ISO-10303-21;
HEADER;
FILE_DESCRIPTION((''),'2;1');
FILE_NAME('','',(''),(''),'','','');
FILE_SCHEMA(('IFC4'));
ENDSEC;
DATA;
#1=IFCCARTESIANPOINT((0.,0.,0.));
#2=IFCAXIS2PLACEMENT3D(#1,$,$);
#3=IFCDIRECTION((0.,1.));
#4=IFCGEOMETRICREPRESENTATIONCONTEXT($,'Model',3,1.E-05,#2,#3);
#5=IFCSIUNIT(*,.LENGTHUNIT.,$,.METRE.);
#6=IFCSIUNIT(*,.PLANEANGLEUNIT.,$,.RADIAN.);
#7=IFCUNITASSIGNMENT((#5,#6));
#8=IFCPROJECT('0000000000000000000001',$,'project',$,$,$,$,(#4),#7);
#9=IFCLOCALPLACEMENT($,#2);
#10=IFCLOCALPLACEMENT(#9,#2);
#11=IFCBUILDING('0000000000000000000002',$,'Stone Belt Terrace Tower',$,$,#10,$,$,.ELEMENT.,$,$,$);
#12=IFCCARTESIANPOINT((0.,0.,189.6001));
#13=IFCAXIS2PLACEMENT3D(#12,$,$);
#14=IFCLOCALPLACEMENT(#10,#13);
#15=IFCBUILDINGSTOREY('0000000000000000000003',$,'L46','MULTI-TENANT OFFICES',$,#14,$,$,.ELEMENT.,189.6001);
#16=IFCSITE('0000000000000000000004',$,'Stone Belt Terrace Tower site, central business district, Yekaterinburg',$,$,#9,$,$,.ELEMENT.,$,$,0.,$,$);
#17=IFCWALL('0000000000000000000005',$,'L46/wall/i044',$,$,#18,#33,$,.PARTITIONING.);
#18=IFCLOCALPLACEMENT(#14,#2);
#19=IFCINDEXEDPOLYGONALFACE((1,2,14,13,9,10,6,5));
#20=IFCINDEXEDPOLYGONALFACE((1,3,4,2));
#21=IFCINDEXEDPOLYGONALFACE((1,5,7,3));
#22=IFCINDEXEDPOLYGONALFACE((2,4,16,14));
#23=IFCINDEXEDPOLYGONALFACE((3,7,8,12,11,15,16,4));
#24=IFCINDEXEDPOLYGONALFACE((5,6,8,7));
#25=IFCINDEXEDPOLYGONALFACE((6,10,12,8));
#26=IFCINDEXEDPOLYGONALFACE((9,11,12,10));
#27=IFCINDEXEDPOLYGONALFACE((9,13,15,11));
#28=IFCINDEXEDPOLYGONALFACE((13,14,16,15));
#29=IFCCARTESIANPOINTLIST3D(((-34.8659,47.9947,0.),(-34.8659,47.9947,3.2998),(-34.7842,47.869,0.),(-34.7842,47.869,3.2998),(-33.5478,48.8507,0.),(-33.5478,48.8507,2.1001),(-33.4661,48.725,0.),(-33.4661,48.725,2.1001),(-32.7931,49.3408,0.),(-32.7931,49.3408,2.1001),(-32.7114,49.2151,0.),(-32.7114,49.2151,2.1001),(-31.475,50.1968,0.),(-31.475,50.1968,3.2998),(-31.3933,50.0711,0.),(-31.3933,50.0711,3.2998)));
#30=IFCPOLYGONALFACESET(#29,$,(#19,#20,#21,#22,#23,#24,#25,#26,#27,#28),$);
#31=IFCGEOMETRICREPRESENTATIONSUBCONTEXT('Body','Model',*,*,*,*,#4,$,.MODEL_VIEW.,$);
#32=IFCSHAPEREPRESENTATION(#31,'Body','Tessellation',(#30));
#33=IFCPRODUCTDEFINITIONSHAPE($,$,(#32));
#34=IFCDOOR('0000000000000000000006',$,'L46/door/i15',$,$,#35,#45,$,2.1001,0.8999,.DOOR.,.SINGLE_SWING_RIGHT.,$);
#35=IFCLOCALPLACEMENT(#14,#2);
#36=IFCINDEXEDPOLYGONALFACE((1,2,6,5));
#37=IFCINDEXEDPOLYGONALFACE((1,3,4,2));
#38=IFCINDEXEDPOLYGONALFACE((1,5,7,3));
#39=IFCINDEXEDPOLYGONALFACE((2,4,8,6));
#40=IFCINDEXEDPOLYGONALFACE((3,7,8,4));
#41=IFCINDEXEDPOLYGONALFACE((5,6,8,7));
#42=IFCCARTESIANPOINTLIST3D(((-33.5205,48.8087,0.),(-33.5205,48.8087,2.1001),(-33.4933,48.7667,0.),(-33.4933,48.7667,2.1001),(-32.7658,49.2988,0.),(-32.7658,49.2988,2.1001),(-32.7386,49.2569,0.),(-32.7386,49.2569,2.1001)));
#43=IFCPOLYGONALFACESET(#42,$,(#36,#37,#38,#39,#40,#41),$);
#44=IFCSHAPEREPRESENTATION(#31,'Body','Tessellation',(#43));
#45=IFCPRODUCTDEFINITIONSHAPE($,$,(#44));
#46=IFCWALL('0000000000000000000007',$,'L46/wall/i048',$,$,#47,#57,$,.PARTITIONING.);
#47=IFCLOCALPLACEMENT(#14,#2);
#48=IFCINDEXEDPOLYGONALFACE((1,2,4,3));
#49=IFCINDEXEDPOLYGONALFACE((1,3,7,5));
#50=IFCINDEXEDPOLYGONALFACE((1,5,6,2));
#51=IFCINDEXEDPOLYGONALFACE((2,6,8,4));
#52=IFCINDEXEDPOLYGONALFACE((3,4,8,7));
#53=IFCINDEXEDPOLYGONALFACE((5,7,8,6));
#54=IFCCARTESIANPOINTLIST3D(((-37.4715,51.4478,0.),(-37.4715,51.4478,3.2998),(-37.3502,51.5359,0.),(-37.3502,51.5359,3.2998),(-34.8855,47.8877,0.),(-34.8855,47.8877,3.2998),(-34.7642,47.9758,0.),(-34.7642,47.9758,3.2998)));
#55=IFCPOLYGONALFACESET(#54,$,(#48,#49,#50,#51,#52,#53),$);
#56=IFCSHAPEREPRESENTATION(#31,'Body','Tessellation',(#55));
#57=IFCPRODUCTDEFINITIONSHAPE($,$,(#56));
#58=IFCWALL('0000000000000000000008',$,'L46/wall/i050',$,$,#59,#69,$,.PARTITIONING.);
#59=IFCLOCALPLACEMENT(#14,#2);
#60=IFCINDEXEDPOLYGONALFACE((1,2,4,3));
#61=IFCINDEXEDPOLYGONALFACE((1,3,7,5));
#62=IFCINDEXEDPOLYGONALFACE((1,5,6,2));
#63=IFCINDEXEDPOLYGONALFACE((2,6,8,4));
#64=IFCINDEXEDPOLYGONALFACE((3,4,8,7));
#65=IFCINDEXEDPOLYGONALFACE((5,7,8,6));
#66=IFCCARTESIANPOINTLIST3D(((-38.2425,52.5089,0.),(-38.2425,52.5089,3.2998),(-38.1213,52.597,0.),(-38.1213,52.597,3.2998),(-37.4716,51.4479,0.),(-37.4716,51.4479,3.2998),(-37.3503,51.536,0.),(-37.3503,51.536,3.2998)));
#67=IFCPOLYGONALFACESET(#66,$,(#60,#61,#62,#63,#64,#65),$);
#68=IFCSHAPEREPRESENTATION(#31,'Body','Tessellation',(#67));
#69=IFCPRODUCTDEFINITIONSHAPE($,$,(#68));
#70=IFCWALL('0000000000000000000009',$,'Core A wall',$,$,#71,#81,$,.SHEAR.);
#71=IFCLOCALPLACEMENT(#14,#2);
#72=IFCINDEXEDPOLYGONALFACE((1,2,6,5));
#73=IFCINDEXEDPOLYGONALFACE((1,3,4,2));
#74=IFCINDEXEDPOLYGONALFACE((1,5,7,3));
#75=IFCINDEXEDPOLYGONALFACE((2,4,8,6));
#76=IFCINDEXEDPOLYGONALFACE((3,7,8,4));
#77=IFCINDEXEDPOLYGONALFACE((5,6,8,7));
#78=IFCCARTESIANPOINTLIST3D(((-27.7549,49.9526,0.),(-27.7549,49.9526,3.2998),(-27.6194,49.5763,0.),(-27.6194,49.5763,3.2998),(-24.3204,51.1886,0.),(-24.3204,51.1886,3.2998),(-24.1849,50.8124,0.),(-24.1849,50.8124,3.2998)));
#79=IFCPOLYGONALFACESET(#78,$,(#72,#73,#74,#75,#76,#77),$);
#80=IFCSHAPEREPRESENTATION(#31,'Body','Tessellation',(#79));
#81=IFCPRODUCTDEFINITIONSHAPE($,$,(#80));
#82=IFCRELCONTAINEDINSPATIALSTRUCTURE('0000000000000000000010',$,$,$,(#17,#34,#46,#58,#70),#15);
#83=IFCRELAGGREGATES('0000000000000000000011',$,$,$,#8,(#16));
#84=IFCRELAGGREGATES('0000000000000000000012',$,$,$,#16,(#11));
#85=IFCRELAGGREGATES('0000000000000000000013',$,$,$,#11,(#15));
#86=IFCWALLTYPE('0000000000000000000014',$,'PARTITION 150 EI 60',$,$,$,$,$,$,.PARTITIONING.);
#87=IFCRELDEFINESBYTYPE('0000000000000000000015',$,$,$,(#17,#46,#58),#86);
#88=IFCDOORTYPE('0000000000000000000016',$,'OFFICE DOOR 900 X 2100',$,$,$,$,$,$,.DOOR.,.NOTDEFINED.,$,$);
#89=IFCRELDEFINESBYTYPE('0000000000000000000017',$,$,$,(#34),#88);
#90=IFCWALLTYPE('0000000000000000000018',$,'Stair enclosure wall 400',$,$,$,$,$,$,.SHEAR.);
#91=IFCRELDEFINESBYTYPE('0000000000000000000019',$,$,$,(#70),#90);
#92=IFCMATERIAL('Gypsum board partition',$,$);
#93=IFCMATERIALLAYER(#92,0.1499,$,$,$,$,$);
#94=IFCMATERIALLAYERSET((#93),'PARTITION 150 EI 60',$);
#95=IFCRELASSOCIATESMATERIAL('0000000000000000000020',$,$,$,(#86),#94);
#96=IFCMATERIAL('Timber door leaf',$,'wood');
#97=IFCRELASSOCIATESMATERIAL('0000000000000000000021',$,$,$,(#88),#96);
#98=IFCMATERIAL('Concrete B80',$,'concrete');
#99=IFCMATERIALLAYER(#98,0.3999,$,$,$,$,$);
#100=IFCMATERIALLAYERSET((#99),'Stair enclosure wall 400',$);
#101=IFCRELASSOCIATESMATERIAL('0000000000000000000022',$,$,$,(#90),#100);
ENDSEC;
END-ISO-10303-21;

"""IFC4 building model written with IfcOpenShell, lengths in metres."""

from ifc_helpers import new_model, si_unit, direction, frame, frame_2d, origin, place, context, subcontext, project, spatial, rectangle, extrude, material, layer, layer_set, type_object, element, fill, save


model = new_model("IFC4")

# Units and contexts
model_context = context("Model", 3, precision=1e-05, world=origin(), true_north=direction((0.0, 1.0)))
body_context = subcontext(model_context, "Body", "Model", "MODEL_VIEW")
ifc_project = project(units=[si_unit("LENGTHUNIT", "METRE"), si_unit("PLANEANGLEUNIT", "RADIAN")], contexts=[model_context])

# Site, building, storey
site_placement = place(None, origin())
site = spatial("IfcSite", under=ifc_project, at=site_placement, Name="Stone Belt Terrace Tower site, central business district, Yekaterinburg", CompositionType="ELEMENT", RefElevation=0.0)
building_placement = place(site_placement, origin())
building = spatial("IfcBuilding", under=site, at=building_placement, Name="Stone Belt Terrace Tower", CompositionType="ELEMENT")
storey_placement = place(building_placement, frame((0.0, 0.0, 189.6001)))
storey = spatial("IfcBuildingStorey", under=building, at=storey_placement, Name="L46", Description="MULTI-TENANT OFFICES", CompositionType="ELEMENT", Elevation=189.6001)

# Shared definitions
ifc_material_1 = material(Name="Concrete B80", Category="concrete")

# Shared definitions
ifc_material_2 = material(Name="Gypsum board partition")
ifc_layer_1 = layer(ifc_material_2, 0.1499)
ifc_layer_set_1 = layer_set([ifc_layer_1], Name="PARTITION 150 EI 60")
wall_type_1 = type_object("IfcWallType", Name="PARTITION 150 EI 60", PredefinedType="PARTITIONING", material=ifc_layer_set_1)
ifc_material_3 = material(Name="Timber door leaf", Category="wood")

# Wall, opening, door
wall_1_placement = place(storey_placement, frame((-34.825, 47.9319, 0.0), z_axis=(0.0, 0.0, 1.0), x_axis=(0.83866, 0.544655, 0.0)))
wall_1 = element("IfcWall", 1, at=wall_1_placement, inside=storey, type_object=wall_type_1, Name="L46/wall/i044", PredefinedType="PARTITIONING", context=body_context, shape_type="SweptSolid", body=[
    extrude(rectangle(XDim=4.0432, YDim=0.1499, at=frame_2d((2.0215, 0.0))), origin(), (0.0, 0.0, 1.0), 3.2998),
])
opening_1_placement = place(wall_1_placement, frame((1.5715, 0.0, 0.0)))
opening_1 = element("IfcOpeningElement", 2, at=opening_1_placement, cuts=wall_1, PredefinedType="OPENING", context=body_context, shape_type="SweptSolid", body=[
    extrude(rectangle(XDim=0.8999, YDim=2.1001, at=frame_2d((0.45, 1.05))), frame((0.0, 0.085, 0.0), z_axis=(0.0, -1.0, 0.0), x_axis=(1.0, 0.0, 0.0)), (0.0, 0.0, 1.0), 0.1699),
])
door_type_1 = type_object("IfcDoorType", Name="OFFICE DOOR 900 X 2100", OperationType="NOTDEFINED", PredefinedType="DOOR", material=ifc_material_3)
door_1_placement = place(opening_1_placement, origin())
door_1 = element("IfcDoor", 3, at=door_1_placement, inside=storey, type_object=door_type_1, Name="L46/door/i15", OperationType="SINGLE_SWING_RIGHT", OverallHeight=2.1001, OverallWidth=0.8999, PredefinedType="DOOR", context=body_context, shape_type="SweptSolid", body=[
    extrude(rectangle(XDim=0.8999, YDim=2.1001, at=frame_2d((0.45, 1.05))), frame((0.0, 0.0249, 0.0), z_axis=(0.0, -1.0, 0.0), x_axis=(1.0, 0.0, 0.0)), (0.0, 0.0, 1.0), 0.05),
])
fill(opening_1, door_1)

# Walls
wall_2_placement = place(storey_placement, frame((-37.4109, 51.4919, 0.0), z_axis=(0.0, 0.0, 1.0), x_axis=(0.587697, -0.809081, 0.0)))
element("IfcWall", 4, at=wall_2_placement, inside=storey, type_object=wall_type_1, Name="L46/wall/i048", PredefinedType="PARTITIONING", context=body_context, shape_type="SweptSolid", body=[
    extrude(rectangle(XDim=4.4001, YDim=0.1499, at=frame_2d((2.2002, 0.0))), origin(), (0.0, 0.0, 1.0), 3.2998),
])
wall_3_placement = place(storey_placement, frame((-38.1819, 52.553, 0.0), z_axis=(0.0, 0.0, 1.0), x_axis=(0.58784, -0.808977, 0.0)))
element("IfcWall", 5, at=wall_3_placement, inside=storey, type_object=wall_type_1, Name="L46/wall/i050", PredefinedType="PARTITIONING", context=body_context, shape_type="SweptSolid", body=[
    extrude(rectangle(XDim=1.3115, YDim=0.1499, at=frame_2d((0.6558, 0.0))), origin(), (0.0, 0.0, 1.0), 3.2998),
])
ifc_layer_2 = layer(ifc_material_1, 0.3999)
ifc_layer_set_2 = layer_set([ifc_layer_2], Name="Stair enclosure wall 400")
wall_type_2 = type_object("IfcWallType", Name="Stair enclosure wall 400", PredefinedType="SHEAR", material=ifc_layer_set_2)
wall_4_placement = place(storey_placement, frame((-27.6873, 49.7644, 0.0), z_axis=(0.0, 0.0, 1.0), x_axis=(0.940919, 0.338632, 0.0)))
element("IfcWall", 6, at=wall_4_placement, inside=storey, type_object=wall_type_2, Name="Core A wall", PredefinedType="SHEAR", context=body_context, shape_type="SweptSolid", body=[
    extrude(rectangle(XDim=3.6501, YDim=0.3999, at=frame_2d((1.8252, 0.0))), origin(), (0.0, 0.0, 1.0), 3.2998),
])

save(model, "model.ifc")
